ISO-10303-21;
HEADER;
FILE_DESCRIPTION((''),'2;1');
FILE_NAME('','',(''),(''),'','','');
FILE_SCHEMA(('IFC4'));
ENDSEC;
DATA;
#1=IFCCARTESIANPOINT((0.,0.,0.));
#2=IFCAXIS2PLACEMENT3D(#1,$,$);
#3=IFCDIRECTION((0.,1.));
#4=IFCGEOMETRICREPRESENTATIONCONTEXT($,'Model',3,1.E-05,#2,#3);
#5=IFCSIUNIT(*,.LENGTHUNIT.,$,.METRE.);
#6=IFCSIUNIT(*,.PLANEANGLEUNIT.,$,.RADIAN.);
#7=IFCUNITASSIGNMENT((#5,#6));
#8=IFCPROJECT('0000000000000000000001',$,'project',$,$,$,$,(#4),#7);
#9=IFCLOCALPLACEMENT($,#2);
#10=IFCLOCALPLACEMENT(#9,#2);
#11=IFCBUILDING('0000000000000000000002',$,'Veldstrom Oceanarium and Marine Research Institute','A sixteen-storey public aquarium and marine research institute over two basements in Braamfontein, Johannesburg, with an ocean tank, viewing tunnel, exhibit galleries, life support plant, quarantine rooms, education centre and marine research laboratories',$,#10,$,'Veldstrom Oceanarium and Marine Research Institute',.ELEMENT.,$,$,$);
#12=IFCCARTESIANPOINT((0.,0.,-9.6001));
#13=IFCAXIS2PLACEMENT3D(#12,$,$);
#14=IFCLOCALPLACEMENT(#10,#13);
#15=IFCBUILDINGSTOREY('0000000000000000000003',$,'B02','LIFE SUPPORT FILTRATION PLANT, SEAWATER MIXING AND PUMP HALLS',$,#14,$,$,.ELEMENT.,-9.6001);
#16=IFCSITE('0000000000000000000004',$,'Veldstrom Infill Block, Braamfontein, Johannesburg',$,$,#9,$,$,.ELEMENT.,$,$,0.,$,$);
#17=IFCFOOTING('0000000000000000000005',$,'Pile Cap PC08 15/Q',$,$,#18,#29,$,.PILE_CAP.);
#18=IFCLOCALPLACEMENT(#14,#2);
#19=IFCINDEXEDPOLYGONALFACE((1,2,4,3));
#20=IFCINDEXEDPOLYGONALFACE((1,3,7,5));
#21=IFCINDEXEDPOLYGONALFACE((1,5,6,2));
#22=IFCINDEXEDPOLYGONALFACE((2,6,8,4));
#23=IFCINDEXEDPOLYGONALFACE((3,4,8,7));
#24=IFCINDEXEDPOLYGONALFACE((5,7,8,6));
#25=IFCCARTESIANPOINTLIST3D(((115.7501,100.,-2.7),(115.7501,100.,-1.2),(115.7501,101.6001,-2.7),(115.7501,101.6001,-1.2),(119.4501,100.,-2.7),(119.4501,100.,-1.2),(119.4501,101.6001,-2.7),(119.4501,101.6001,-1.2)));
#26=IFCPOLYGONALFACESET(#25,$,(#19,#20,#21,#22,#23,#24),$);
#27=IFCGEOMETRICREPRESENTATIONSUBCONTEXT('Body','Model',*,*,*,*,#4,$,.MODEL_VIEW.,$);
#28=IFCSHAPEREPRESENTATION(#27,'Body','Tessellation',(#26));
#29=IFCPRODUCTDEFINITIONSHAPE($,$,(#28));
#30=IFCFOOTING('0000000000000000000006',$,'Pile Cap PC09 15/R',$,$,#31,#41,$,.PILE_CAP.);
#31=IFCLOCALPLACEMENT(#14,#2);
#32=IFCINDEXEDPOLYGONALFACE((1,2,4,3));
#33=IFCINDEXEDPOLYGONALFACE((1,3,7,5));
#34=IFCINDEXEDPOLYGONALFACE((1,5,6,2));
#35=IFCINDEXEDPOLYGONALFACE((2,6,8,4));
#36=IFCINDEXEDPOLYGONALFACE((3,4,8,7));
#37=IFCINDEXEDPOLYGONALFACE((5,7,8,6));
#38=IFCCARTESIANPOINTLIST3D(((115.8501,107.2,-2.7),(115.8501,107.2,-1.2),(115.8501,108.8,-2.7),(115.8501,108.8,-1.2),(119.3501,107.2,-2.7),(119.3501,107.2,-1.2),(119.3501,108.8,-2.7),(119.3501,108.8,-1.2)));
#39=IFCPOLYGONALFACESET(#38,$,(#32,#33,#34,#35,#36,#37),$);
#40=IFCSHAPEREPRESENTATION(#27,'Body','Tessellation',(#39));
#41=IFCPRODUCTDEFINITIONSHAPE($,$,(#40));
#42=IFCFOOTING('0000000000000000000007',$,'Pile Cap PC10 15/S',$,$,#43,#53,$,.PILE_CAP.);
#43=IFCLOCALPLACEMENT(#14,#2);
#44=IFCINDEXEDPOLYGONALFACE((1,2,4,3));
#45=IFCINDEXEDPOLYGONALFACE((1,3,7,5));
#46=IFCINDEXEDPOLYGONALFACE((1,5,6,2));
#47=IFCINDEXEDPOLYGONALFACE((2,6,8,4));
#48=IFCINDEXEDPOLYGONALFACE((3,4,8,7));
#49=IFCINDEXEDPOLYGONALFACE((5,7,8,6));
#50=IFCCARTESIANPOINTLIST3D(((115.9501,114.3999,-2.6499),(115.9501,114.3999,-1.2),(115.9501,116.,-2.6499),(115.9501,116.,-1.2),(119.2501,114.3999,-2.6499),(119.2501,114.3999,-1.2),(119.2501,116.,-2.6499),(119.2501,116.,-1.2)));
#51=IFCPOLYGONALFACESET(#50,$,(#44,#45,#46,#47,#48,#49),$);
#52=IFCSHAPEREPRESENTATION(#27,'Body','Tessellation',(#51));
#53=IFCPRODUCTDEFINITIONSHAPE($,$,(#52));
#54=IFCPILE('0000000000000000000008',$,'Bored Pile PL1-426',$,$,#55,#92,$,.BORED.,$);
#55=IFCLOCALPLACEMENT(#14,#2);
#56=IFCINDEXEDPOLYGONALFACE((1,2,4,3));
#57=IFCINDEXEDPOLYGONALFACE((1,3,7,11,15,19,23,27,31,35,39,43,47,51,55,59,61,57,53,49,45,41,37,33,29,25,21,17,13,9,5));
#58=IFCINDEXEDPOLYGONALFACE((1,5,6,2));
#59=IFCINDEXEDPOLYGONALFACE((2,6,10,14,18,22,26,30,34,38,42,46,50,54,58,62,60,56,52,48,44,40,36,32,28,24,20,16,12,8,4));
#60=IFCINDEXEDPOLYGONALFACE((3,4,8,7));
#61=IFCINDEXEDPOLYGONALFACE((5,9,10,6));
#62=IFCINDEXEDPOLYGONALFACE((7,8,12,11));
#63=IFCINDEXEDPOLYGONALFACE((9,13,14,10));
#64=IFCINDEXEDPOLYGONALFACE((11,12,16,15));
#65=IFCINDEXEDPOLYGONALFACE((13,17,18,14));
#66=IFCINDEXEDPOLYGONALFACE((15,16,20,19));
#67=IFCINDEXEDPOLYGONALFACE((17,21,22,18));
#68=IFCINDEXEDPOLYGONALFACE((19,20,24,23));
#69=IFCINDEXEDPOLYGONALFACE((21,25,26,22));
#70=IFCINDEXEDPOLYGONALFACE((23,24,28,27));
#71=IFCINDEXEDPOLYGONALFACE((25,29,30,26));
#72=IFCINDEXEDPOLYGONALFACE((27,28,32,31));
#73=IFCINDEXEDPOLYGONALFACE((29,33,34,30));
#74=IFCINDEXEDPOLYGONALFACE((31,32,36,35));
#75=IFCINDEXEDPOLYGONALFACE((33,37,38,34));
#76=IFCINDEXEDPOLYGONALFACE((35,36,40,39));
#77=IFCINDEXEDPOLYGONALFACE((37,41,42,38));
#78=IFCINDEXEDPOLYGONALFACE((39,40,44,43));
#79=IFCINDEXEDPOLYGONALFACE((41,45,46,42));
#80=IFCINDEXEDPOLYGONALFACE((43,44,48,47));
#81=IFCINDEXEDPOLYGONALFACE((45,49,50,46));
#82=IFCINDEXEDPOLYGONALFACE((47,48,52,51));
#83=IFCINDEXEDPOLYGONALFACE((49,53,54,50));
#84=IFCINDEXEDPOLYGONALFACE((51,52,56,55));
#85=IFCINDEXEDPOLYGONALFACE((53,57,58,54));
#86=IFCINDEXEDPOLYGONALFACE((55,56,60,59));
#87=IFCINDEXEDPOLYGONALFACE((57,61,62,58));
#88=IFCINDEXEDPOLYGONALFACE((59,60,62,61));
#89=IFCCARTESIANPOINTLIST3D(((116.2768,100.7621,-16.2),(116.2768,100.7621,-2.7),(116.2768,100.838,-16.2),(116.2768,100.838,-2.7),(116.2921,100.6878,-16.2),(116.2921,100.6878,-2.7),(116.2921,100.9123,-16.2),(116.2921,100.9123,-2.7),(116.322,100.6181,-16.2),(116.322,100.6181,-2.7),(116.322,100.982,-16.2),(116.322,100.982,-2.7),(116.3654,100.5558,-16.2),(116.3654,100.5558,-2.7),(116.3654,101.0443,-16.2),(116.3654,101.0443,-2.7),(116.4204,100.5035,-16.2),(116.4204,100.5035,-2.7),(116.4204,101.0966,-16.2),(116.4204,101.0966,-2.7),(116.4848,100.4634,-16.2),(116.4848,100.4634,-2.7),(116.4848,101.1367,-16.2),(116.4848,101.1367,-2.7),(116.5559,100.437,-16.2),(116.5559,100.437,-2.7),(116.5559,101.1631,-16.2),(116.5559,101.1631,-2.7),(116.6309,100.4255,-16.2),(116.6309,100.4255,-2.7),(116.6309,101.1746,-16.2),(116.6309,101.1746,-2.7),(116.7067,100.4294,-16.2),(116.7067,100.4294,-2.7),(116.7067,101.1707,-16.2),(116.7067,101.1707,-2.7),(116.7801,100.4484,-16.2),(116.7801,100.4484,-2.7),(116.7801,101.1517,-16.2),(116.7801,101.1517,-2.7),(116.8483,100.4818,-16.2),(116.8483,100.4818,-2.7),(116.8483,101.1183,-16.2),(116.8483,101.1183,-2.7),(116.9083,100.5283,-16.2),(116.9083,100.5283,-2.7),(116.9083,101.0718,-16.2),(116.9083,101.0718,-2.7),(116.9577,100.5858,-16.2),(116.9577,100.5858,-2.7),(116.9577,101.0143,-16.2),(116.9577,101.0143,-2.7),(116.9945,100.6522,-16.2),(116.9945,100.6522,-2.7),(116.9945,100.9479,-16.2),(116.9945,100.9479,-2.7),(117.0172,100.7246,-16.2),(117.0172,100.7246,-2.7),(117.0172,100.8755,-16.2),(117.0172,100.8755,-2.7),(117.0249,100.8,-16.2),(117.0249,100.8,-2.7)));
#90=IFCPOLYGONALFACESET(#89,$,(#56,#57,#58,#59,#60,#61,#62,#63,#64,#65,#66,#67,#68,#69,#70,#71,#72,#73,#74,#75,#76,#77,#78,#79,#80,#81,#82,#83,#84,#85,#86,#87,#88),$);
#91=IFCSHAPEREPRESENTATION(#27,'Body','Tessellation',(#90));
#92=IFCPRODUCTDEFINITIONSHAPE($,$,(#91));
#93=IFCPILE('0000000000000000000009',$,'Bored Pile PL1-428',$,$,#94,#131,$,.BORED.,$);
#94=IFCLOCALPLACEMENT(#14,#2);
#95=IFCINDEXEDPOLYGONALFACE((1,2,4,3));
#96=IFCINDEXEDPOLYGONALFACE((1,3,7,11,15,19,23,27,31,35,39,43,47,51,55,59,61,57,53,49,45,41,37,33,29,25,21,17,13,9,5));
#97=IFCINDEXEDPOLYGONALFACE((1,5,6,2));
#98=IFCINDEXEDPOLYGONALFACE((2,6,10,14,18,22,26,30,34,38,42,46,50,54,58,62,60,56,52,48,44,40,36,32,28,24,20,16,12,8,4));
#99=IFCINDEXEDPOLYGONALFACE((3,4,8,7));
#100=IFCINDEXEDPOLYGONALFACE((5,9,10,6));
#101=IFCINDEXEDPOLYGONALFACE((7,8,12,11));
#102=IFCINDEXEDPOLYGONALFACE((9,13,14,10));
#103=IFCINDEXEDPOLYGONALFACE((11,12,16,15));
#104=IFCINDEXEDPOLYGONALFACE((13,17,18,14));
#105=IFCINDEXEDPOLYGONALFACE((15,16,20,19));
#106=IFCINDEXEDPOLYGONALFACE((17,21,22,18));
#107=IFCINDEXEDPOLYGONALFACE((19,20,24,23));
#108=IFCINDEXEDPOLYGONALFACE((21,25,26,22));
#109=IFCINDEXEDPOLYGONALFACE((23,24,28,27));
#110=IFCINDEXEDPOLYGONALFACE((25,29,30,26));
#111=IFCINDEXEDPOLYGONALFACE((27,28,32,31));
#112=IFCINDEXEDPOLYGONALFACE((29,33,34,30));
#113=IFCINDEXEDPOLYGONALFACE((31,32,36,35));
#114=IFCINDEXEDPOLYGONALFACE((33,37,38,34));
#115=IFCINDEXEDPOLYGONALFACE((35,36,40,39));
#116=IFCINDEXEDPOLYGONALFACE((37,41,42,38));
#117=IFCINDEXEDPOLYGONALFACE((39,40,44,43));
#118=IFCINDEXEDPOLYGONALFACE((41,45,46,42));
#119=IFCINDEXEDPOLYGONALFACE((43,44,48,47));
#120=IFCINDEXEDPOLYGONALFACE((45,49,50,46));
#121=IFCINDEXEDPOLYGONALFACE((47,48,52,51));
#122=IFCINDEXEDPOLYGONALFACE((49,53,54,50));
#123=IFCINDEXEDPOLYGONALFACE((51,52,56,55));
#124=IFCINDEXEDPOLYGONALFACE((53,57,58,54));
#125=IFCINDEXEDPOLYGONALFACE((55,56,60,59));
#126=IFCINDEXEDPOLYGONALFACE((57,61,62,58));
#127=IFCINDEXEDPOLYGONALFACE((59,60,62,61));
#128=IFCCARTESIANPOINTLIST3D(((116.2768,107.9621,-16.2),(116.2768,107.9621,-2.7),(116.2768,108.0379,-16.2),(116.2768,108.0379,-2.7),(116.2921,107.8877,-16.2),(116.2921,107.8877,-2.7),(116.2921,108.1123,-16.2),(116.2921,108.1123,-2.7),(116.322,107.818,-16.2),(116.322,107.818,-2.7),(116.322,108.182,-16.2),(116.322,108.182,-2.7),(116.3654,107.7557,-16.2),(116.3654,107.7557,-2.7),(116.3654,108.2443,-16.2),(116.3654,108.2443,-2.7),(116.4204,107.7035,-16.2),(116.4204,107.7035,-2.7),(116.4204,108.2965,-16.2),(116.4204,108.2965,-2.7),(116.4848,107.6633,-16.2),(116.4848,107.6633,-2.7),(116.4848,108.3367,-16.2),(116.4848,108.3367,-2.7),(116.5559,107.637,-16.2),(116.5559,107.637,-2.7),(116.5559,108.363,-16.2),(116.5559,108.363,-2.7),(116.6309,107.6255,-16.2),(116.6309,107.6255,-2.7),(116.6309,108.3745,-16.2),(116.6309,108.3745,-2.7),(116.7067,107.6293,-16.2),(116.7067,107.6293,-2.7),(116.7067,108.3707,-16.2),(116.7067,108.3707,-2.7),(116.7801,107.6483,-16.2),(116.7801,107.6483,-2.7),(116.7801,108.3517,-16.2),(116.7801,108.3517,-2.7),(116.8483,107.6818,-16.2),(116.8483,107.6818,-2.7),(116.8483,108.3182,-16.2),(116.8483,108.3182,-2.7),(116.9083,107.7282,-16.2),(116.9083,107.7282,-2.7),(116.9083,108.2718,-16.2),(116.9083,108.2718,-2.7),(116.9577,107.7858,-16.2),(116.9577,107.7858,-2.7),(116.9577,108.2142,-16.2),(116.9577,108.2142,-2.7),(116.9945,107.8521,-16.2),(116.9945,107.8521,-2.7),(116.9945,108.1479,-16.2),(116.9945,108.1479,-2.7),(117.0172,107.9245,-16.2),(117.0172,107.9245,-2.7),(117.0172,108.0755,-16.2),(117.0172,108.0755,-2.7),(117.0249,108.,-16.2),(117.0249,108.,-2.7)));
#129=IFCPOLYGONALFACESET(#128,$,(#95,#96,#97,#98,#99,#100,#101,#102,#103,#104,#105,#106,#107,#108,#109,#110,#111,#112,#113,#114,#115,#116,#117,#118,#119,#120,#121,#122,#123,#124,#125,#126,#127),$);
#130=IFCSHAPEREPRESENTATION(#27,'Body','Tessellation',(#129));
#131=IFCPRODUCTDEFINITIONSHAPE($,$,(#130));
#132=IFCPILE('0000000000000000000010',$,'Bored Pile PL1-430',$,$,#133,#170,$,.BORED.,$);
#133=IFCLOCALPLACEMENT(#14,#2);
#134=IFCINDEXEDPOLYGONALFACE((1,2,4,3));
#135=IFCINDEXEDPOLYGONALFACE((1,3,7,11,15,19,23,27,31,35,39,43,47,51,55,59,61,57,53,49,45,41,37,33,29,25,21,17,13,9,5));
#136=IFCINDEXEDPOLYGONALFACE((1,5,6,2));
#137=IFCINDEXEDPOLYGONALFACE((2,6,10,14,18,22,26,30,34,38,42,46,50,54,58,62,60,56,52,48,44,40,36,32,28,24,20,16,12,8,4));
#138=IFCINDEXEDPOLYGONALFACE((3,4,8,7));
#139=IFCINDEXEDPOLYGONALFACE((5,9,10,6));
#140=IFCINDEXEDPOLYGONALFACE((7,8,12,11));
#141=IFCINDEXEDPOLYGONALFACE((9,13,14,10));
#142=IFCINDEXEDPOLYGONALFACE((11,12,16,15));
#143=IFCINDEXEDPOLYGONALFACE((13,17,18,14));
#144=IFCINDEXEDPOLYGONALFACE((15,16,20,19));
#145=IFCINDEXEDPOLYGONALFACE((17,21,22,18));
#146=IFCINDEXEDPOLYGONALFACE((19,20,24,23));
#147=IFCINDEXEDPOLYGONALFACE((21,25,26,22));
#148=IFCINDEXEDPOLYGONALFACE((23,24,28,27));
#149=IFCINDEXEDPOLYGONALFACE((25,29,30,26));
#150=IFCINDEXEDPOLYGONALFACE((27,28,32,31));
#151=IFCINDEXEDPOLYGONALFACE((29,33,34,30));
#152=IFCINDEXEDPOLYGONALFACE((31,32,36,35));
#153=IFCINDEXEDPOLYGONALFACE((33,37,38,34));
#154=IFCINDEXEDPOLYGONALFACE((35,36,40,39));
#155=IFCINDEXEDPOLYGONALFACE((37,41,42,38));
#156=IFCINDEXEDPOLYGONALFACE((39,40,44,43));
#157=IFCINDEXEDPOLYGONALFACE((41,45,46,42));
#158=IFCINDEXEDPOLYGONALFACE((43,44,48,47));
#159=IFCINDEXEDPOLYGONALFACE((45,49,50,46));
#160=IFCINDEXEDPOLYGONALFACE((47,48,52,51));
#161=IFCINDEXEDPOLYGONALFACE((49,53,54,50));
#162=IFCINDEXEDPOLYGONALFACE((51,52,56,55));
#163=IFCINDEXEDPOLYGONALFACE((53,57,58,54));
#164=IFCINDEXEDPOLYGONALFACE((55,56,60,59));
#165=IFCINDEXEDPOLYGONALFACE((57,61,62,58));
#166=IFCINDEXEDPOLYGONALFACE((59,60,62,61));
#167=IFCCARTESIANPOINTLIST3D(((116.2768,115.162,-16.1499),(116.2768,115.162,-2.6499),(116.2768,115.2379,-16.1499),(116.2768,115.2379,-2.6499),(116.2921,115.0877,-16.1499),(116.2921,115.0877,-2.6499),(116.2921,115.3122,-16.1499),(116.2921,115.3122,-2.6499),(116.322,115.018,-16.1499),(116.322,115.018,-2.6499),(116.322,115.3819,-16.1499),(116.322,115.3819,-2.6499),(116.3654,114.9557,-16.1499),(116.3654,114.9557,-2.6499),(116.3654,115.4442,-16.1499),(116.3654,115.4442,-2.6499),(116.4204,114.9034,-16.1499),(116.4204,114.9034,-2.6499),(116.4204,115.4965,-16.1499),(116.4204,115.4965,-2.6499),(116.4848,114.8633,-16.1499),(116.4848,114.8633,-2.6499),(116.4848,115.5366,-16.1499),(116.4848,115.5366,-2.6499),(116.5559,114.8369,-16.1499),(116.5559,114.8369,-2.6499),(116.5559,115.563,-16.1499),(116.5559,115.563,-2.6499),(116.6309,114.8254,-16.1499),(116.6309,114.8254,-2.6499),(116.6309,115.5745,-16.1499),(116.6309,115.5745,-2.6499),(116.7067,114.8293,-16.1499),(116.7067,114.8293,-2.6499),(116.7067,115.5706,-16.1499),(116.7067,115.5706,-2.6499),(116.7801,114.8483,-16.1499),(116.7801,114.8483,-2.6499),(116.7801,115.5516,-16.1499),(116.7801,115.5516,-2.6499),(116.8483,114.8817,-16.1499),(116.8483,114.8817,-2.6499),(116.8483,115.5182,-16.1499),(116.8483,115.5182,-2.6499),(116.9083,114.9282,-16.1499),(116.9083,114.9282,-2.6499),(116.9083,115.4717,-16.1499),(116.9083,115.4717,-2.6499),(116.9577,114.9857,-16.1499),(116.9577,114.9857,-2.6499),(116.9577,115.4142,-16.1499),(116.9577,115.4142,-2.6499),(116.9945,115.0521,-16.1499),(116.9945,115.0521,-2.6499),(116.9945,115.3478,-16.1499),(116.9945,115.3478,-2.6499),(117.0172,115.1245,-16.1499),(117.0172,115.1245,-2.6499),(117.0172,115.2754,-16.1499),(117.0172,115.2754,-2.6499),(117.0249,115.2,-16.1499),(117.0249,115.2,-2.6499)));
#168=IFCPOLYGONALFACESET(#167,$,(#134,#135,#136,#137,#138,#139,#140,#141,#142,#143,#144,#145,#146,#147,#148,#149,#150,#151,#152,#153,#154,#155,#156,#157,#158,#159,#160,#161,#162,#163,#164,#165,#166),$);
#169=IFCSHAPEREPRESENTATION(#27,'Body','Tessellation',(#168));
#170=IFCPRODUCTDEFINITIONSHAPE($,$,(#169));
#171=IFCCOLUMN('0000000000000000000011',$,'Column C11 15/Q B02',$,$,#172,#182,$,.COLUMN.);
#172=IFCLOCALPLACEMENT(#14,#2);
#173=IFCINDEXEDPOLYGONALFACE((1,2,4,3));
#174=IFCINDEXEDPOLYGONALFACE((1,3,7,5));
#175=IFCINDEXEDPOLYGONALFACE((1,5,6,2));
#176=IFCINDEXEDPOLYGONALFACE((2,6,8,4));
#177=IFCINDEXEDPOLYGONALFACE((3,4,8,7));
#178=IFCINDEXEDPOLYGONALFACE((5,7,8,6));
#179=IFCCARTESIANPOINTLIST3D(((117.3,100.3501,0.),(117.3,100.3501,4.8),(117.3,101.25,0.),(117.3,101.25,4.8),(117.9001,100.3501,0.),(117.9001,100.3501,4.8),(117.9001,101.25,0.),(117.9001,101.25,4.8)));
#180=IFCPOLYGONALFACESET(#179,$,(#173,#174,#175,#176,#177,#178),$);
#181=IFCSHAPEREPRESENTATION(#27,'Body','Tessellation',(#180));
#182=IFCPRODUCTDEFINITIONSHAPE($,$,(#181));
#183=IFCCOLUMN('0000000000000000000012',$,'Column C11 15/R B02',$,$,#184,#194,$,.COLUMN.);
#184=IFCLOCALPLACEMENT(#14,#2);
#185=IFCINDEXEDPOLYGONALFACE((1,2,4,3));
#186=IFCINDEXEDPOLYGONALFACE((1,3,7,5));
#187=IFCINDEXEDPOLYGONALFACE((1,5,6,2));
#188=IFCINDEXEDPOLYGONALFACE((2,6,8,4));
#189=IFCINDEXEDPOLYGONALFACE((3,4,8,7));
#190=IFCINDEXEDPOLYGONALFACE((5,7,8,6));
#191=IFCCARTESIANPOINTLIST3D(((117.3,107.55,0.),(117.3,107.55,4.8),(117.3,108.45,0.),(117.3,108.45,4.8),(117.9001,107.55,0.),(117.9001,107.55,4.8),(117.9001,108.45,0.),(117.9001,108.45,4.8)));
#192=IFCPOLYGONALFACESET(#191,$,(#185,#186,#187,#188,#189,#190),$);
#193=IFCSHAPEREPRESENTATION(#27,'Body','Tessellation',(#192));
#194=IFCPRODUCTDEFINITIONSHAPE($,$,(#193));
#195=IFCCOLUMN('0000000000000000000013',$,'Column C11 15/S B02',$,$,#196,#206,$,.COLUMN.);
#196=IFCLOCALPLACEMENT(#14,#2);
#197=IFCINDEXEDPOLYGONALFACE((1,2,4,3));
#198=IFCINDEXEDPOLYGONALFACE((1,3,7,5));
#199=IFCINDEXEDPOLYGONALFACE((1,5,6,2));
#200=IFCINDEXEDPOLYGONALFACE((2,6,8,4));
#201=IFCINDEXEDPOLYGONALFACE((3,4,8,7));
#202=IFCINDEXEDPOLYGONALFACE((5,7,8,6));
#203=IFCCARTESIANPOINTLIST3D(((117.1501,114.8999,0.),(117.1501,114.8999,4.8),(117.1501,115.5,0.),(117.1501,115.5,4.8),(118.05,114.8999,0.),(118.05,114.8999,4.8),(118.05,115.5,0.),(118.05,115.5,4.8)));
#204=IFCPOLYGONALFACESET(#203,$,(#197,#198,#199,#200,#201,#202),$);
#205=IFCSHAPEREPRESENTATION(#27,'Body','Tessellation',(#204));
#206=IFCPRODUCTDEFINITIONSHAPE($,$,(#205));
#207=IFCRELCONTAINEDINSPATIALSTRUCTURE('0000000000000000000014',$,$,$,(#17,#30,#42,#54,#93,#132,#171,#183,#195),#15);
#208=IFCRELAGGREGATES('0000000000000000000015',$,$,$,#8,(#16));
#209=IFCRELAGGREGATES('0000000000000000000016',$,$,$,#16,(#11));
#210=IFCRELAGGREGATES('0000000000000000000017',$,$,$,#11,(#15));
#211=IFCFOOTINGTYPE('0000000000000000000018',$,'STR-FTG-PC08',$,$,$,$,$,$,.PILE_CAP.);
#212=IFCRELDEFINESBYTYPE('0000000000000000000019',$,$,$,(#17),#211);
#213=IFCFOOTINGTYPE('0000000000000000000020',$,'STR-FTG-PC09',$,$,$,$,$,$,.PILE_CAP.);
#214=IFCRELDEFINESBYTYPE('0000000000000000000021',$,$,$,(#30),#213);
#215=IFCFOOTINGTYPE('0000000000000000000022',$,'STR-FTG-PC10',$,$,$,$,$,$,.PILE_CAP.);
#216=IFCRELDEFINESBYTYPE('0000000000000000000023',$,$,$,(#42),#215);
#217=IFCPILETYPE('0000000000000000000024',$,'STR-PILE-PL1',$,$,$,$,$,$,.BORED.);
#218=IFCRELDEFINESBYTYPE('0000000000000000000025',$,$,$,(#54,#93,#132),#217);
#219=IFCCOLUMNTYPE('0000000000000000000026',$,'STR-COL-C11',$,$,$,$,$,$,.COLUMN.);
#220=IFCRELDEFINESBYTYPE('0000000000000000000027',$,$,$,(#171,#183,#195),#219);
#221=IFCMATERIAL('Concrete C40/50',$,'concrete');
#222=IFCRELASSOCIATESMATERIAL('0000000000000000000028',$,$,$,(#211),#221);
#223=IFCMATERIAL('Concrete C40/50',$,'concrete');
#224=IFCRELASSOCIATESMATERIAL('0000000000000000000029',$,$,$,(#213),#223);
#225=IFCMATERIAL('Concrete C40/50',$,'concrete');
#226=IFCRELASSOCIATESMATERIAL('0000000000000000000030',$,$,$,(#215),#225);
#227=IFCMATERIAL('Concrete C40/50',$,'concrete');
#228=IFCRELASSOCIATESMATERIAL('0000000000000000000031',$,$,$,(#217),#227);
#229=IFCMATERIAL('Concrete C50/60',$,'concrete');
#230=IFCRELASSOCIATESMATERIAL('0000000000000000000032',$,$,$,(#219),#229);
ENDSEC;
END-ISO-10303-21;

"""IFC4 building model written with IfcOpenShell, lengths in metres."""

from ifc_helpers import new_model, si_unit, direction, frame, origin, origin_2d, place, context, subcontext, project, spatial, rectangle, circle, extrude, material, material_profile, profile_set, type_object, element, save


model = new_model("IFC4")

# Units and contexts
model_context = context("Model", 3, precision=1e-05, world=origin(), true_north=direction((0.0, 1.0)))
body_context = subcontext(model_context, "Body", "Model", "MODEL_VIEW")
ifc_project = project(units=[si_unit("LENGTHUNIT", "METRE"), si_unit("PLANEANGLEUNIT", "RADIAN")], contexts=[model_context])

# Site, building, storey
site_placement = place(None, origin())
site = spatial("IfcSite", under=ifc_project, at=site_placement, Name="Veldstrom Infill Block, Braamfontein, Johannesburg", CompositionType="ELEMENT", RefElevation=0.0)
building_placement = place(site_placement, origin())
building = spatial("IfcBuilding", under=site, at=building_placement, Name="Veldstrom Oceanarium and Marine Research Institute", Description="A sixteen-storey public aquarium and marine research institute over two basements in Braamfontein, Johannesburg, with an ocean tank, viewing tunnel, exhibit galleries, life support plant, quarantine rooms, education centre and marine research laboratories", LongName="Veldstrom Oceanarium and Marine Research Institute", CompositionType="ELEMENT")
storey_placement = place(building_placement, frame((0.0, 0.0, -9.6001)))
storey = spatial("IfcBuildingStorey", under=building, at=storey_placement, Name="B02", Description="LIFE SUPPORT FILTRATION PLANT, SEAWATER MIXING AND PUMP HALLS", CompositionType="ELEMENT", Elevation=-9.6001)

# Footings
ifc_material_1 = material(Name="Concrete C40/50", Category="concrete")
footing_type_1 = type_object("IfcFootingType", Name="STR-FTG-PC08", PredefinedType="PILE_CAP", material=ifc_material_1)
footing_1_placement = place(storey_placement, frame((117.6001, 100.8, -2.7), z_axis=(0.0, 0.0, 1.0), x_axis=(1.0, 0.0, 0.0)))
element("IfcFooting", 1, at=footing_1_placement, inside=storey, type_object=footing_type_1, Name="Pile Cap PC08 15/Q", PredefinedType="PILE_CAP", context=body_context, shape_type="SweptSolid", body=[
    extrude(rectangle(XDim=3.7, YDim=1.6001, at=origin_2d()), origin(), (0.0, 0.0, 1.0), 1.5),
])
ifc_material_2 = material(Name="Concrete C40/50", Category="concrete")
footing_type_2 = type_object("IfcFootingType", Name="STR-FTG-PC09", PredefinedType="PILE_CAP", material=ifc_material_2)
footing_2_placement = place(storey_placement, frame((117.6001, 108.0, -2.7), z_axis=(0.0, 0.0, 1.0), x_axis=(1.0, 0.0, 0.0)))
element("IfcFooting", 2, at=footing_2_placement, inside=storey, type_object=footing_type_2, Name="Pile Cap PC09 15/R", PredefinedType="PILE_CAP", context=body_context, shape_type="SweptSolid", body=[
    extrude(rectangle(XDim=3.5, YDim=1.6001, at=origin_2d()), origin(), (0.0, 0.0, 1.0), 1.5),
])
ifc_material_3 = material(Name="Concrete C40/50", Category="concrete")
footing_type_3 = type_object("IfcFootingType", Name="STR-FTG-PC10", PredefinedType="PILE_CAP", material=ifc_material_3)
footing_3_placement = place(storey_placement, frame((117.6001, 115.2, -2.6499), z_axis=(0.0, 0.0, 1.0), x_axis=(1.0, 0.0, 0.0)))
element("IfcFooting", 3, at=footing_3_placement, inside=storey, type_object=footing_type_3, Name="Pile Cap PC10 15/S", PredefinedType="PILE_CAP", context=body_context, shape_type="SweptSolid", body=[
    extrude(rectangle(XDim=3.3, YDim=1.6001, at=origin_2d()), origin(), (0.0, 0.0, 1.0), 1.45),
])

# Piles
ifc_material_4 = material(Name="Concrete C40/50", Category="concrete")
ifc_material_profile_1 = material_profile(ifc_material_4, circle(Radius=0.375, at=origin_2d()), Name="PILE-D750")
ifc_profile_set_1 = profile_set([ifc_material_profile_1], Name="Concrete C40/50")
pile_type = type_object("IfcPileType", Name="STR-PILE-PL1", PredefinedType="BORED", material=ifc_profile_set_1)
for number, where, z_axis, x_axis, name in (
    (4, (116.6499, 100.8, -2.7), (0.0, 0.0, -1.0), (1.0, 0.0, 0.0), "Bored Pile PL1-426"),
    (5, (116.6499, 108.0, -2.7), (0.0, 0.0, -1.0), (1.0, 0.0, 0.0), "Bored Pile PL1-428"),
    (6, (116.6499, 115.2, -2.6499), (0.0, 0.0, -1.0), (1.0, 0.0, 0.0), "Bored Pile PL1-430"),
):
    element("IfcPile", number, at=place(storey_placement, frame(where, z_axis=z_axis, x_axis=x_axis)), inside=storey, type_object=pile_type, Name=name, PredefinedType="BORED", context=body_context, shape_type="SweptSolid", body=[
        extrude(circle(Radius=0.375, at=origin_2d()), origin(), (0.0, 0.0, 1.0), 13.5),
    ])

# Columns
ifc_material_5 = material(Name="Concrete C50/60", Category="concrete")
ifc_material_profile_2 = material_profile(ifc_material_5, rectangle(XDim=0.6001, YDim=0.8999, at=origin_2d()), Name="RC-COL-900x600")
ifc_profile_set_2 = profile_set([ifc_material_profile_2], Name="Concrete C50/60")
column_type = type_object("IfcColumnType", Name="STR-COL-C11", PredefinedType="COLUMN", material=ifc_profile_set_2)
for number, where, z_axis, x_axis, name in (
    (7, (117.6001, 100.8, 0.0), (0.0, 0.0, 1.0), (1.0, 0.0, 0.0), "Column C11 15/Q B02"),
    (8, (117.6001, 108.0, 0.0), (0.0, 0.0, 1.0), (1.0, 0.0, 0.0), "Column C11 15/R B02"),
    (9, (117.6001, 115.2, 0.0), (0.0, 0.0, 1.0), (0.0, 1.0, 0.0), "Column C11 15/S B02"),
):
    element("IfcColumn", number, at=place(storey_placement, frame(where, z_axis=z_axis, x_axis=x_axis)), inside=storey, type_object=column_type, Name=name, PredefinedType="COLUMN", context=body_context, shape_type="SweptSolid", body=[
        extrude(rectangle(XDim=0.6001, YDim=0.8999, at=origin_2d()), origin(), (0.0, 0.0, 1.0), 4.8),
    ])

save(model, "model.ifc")
